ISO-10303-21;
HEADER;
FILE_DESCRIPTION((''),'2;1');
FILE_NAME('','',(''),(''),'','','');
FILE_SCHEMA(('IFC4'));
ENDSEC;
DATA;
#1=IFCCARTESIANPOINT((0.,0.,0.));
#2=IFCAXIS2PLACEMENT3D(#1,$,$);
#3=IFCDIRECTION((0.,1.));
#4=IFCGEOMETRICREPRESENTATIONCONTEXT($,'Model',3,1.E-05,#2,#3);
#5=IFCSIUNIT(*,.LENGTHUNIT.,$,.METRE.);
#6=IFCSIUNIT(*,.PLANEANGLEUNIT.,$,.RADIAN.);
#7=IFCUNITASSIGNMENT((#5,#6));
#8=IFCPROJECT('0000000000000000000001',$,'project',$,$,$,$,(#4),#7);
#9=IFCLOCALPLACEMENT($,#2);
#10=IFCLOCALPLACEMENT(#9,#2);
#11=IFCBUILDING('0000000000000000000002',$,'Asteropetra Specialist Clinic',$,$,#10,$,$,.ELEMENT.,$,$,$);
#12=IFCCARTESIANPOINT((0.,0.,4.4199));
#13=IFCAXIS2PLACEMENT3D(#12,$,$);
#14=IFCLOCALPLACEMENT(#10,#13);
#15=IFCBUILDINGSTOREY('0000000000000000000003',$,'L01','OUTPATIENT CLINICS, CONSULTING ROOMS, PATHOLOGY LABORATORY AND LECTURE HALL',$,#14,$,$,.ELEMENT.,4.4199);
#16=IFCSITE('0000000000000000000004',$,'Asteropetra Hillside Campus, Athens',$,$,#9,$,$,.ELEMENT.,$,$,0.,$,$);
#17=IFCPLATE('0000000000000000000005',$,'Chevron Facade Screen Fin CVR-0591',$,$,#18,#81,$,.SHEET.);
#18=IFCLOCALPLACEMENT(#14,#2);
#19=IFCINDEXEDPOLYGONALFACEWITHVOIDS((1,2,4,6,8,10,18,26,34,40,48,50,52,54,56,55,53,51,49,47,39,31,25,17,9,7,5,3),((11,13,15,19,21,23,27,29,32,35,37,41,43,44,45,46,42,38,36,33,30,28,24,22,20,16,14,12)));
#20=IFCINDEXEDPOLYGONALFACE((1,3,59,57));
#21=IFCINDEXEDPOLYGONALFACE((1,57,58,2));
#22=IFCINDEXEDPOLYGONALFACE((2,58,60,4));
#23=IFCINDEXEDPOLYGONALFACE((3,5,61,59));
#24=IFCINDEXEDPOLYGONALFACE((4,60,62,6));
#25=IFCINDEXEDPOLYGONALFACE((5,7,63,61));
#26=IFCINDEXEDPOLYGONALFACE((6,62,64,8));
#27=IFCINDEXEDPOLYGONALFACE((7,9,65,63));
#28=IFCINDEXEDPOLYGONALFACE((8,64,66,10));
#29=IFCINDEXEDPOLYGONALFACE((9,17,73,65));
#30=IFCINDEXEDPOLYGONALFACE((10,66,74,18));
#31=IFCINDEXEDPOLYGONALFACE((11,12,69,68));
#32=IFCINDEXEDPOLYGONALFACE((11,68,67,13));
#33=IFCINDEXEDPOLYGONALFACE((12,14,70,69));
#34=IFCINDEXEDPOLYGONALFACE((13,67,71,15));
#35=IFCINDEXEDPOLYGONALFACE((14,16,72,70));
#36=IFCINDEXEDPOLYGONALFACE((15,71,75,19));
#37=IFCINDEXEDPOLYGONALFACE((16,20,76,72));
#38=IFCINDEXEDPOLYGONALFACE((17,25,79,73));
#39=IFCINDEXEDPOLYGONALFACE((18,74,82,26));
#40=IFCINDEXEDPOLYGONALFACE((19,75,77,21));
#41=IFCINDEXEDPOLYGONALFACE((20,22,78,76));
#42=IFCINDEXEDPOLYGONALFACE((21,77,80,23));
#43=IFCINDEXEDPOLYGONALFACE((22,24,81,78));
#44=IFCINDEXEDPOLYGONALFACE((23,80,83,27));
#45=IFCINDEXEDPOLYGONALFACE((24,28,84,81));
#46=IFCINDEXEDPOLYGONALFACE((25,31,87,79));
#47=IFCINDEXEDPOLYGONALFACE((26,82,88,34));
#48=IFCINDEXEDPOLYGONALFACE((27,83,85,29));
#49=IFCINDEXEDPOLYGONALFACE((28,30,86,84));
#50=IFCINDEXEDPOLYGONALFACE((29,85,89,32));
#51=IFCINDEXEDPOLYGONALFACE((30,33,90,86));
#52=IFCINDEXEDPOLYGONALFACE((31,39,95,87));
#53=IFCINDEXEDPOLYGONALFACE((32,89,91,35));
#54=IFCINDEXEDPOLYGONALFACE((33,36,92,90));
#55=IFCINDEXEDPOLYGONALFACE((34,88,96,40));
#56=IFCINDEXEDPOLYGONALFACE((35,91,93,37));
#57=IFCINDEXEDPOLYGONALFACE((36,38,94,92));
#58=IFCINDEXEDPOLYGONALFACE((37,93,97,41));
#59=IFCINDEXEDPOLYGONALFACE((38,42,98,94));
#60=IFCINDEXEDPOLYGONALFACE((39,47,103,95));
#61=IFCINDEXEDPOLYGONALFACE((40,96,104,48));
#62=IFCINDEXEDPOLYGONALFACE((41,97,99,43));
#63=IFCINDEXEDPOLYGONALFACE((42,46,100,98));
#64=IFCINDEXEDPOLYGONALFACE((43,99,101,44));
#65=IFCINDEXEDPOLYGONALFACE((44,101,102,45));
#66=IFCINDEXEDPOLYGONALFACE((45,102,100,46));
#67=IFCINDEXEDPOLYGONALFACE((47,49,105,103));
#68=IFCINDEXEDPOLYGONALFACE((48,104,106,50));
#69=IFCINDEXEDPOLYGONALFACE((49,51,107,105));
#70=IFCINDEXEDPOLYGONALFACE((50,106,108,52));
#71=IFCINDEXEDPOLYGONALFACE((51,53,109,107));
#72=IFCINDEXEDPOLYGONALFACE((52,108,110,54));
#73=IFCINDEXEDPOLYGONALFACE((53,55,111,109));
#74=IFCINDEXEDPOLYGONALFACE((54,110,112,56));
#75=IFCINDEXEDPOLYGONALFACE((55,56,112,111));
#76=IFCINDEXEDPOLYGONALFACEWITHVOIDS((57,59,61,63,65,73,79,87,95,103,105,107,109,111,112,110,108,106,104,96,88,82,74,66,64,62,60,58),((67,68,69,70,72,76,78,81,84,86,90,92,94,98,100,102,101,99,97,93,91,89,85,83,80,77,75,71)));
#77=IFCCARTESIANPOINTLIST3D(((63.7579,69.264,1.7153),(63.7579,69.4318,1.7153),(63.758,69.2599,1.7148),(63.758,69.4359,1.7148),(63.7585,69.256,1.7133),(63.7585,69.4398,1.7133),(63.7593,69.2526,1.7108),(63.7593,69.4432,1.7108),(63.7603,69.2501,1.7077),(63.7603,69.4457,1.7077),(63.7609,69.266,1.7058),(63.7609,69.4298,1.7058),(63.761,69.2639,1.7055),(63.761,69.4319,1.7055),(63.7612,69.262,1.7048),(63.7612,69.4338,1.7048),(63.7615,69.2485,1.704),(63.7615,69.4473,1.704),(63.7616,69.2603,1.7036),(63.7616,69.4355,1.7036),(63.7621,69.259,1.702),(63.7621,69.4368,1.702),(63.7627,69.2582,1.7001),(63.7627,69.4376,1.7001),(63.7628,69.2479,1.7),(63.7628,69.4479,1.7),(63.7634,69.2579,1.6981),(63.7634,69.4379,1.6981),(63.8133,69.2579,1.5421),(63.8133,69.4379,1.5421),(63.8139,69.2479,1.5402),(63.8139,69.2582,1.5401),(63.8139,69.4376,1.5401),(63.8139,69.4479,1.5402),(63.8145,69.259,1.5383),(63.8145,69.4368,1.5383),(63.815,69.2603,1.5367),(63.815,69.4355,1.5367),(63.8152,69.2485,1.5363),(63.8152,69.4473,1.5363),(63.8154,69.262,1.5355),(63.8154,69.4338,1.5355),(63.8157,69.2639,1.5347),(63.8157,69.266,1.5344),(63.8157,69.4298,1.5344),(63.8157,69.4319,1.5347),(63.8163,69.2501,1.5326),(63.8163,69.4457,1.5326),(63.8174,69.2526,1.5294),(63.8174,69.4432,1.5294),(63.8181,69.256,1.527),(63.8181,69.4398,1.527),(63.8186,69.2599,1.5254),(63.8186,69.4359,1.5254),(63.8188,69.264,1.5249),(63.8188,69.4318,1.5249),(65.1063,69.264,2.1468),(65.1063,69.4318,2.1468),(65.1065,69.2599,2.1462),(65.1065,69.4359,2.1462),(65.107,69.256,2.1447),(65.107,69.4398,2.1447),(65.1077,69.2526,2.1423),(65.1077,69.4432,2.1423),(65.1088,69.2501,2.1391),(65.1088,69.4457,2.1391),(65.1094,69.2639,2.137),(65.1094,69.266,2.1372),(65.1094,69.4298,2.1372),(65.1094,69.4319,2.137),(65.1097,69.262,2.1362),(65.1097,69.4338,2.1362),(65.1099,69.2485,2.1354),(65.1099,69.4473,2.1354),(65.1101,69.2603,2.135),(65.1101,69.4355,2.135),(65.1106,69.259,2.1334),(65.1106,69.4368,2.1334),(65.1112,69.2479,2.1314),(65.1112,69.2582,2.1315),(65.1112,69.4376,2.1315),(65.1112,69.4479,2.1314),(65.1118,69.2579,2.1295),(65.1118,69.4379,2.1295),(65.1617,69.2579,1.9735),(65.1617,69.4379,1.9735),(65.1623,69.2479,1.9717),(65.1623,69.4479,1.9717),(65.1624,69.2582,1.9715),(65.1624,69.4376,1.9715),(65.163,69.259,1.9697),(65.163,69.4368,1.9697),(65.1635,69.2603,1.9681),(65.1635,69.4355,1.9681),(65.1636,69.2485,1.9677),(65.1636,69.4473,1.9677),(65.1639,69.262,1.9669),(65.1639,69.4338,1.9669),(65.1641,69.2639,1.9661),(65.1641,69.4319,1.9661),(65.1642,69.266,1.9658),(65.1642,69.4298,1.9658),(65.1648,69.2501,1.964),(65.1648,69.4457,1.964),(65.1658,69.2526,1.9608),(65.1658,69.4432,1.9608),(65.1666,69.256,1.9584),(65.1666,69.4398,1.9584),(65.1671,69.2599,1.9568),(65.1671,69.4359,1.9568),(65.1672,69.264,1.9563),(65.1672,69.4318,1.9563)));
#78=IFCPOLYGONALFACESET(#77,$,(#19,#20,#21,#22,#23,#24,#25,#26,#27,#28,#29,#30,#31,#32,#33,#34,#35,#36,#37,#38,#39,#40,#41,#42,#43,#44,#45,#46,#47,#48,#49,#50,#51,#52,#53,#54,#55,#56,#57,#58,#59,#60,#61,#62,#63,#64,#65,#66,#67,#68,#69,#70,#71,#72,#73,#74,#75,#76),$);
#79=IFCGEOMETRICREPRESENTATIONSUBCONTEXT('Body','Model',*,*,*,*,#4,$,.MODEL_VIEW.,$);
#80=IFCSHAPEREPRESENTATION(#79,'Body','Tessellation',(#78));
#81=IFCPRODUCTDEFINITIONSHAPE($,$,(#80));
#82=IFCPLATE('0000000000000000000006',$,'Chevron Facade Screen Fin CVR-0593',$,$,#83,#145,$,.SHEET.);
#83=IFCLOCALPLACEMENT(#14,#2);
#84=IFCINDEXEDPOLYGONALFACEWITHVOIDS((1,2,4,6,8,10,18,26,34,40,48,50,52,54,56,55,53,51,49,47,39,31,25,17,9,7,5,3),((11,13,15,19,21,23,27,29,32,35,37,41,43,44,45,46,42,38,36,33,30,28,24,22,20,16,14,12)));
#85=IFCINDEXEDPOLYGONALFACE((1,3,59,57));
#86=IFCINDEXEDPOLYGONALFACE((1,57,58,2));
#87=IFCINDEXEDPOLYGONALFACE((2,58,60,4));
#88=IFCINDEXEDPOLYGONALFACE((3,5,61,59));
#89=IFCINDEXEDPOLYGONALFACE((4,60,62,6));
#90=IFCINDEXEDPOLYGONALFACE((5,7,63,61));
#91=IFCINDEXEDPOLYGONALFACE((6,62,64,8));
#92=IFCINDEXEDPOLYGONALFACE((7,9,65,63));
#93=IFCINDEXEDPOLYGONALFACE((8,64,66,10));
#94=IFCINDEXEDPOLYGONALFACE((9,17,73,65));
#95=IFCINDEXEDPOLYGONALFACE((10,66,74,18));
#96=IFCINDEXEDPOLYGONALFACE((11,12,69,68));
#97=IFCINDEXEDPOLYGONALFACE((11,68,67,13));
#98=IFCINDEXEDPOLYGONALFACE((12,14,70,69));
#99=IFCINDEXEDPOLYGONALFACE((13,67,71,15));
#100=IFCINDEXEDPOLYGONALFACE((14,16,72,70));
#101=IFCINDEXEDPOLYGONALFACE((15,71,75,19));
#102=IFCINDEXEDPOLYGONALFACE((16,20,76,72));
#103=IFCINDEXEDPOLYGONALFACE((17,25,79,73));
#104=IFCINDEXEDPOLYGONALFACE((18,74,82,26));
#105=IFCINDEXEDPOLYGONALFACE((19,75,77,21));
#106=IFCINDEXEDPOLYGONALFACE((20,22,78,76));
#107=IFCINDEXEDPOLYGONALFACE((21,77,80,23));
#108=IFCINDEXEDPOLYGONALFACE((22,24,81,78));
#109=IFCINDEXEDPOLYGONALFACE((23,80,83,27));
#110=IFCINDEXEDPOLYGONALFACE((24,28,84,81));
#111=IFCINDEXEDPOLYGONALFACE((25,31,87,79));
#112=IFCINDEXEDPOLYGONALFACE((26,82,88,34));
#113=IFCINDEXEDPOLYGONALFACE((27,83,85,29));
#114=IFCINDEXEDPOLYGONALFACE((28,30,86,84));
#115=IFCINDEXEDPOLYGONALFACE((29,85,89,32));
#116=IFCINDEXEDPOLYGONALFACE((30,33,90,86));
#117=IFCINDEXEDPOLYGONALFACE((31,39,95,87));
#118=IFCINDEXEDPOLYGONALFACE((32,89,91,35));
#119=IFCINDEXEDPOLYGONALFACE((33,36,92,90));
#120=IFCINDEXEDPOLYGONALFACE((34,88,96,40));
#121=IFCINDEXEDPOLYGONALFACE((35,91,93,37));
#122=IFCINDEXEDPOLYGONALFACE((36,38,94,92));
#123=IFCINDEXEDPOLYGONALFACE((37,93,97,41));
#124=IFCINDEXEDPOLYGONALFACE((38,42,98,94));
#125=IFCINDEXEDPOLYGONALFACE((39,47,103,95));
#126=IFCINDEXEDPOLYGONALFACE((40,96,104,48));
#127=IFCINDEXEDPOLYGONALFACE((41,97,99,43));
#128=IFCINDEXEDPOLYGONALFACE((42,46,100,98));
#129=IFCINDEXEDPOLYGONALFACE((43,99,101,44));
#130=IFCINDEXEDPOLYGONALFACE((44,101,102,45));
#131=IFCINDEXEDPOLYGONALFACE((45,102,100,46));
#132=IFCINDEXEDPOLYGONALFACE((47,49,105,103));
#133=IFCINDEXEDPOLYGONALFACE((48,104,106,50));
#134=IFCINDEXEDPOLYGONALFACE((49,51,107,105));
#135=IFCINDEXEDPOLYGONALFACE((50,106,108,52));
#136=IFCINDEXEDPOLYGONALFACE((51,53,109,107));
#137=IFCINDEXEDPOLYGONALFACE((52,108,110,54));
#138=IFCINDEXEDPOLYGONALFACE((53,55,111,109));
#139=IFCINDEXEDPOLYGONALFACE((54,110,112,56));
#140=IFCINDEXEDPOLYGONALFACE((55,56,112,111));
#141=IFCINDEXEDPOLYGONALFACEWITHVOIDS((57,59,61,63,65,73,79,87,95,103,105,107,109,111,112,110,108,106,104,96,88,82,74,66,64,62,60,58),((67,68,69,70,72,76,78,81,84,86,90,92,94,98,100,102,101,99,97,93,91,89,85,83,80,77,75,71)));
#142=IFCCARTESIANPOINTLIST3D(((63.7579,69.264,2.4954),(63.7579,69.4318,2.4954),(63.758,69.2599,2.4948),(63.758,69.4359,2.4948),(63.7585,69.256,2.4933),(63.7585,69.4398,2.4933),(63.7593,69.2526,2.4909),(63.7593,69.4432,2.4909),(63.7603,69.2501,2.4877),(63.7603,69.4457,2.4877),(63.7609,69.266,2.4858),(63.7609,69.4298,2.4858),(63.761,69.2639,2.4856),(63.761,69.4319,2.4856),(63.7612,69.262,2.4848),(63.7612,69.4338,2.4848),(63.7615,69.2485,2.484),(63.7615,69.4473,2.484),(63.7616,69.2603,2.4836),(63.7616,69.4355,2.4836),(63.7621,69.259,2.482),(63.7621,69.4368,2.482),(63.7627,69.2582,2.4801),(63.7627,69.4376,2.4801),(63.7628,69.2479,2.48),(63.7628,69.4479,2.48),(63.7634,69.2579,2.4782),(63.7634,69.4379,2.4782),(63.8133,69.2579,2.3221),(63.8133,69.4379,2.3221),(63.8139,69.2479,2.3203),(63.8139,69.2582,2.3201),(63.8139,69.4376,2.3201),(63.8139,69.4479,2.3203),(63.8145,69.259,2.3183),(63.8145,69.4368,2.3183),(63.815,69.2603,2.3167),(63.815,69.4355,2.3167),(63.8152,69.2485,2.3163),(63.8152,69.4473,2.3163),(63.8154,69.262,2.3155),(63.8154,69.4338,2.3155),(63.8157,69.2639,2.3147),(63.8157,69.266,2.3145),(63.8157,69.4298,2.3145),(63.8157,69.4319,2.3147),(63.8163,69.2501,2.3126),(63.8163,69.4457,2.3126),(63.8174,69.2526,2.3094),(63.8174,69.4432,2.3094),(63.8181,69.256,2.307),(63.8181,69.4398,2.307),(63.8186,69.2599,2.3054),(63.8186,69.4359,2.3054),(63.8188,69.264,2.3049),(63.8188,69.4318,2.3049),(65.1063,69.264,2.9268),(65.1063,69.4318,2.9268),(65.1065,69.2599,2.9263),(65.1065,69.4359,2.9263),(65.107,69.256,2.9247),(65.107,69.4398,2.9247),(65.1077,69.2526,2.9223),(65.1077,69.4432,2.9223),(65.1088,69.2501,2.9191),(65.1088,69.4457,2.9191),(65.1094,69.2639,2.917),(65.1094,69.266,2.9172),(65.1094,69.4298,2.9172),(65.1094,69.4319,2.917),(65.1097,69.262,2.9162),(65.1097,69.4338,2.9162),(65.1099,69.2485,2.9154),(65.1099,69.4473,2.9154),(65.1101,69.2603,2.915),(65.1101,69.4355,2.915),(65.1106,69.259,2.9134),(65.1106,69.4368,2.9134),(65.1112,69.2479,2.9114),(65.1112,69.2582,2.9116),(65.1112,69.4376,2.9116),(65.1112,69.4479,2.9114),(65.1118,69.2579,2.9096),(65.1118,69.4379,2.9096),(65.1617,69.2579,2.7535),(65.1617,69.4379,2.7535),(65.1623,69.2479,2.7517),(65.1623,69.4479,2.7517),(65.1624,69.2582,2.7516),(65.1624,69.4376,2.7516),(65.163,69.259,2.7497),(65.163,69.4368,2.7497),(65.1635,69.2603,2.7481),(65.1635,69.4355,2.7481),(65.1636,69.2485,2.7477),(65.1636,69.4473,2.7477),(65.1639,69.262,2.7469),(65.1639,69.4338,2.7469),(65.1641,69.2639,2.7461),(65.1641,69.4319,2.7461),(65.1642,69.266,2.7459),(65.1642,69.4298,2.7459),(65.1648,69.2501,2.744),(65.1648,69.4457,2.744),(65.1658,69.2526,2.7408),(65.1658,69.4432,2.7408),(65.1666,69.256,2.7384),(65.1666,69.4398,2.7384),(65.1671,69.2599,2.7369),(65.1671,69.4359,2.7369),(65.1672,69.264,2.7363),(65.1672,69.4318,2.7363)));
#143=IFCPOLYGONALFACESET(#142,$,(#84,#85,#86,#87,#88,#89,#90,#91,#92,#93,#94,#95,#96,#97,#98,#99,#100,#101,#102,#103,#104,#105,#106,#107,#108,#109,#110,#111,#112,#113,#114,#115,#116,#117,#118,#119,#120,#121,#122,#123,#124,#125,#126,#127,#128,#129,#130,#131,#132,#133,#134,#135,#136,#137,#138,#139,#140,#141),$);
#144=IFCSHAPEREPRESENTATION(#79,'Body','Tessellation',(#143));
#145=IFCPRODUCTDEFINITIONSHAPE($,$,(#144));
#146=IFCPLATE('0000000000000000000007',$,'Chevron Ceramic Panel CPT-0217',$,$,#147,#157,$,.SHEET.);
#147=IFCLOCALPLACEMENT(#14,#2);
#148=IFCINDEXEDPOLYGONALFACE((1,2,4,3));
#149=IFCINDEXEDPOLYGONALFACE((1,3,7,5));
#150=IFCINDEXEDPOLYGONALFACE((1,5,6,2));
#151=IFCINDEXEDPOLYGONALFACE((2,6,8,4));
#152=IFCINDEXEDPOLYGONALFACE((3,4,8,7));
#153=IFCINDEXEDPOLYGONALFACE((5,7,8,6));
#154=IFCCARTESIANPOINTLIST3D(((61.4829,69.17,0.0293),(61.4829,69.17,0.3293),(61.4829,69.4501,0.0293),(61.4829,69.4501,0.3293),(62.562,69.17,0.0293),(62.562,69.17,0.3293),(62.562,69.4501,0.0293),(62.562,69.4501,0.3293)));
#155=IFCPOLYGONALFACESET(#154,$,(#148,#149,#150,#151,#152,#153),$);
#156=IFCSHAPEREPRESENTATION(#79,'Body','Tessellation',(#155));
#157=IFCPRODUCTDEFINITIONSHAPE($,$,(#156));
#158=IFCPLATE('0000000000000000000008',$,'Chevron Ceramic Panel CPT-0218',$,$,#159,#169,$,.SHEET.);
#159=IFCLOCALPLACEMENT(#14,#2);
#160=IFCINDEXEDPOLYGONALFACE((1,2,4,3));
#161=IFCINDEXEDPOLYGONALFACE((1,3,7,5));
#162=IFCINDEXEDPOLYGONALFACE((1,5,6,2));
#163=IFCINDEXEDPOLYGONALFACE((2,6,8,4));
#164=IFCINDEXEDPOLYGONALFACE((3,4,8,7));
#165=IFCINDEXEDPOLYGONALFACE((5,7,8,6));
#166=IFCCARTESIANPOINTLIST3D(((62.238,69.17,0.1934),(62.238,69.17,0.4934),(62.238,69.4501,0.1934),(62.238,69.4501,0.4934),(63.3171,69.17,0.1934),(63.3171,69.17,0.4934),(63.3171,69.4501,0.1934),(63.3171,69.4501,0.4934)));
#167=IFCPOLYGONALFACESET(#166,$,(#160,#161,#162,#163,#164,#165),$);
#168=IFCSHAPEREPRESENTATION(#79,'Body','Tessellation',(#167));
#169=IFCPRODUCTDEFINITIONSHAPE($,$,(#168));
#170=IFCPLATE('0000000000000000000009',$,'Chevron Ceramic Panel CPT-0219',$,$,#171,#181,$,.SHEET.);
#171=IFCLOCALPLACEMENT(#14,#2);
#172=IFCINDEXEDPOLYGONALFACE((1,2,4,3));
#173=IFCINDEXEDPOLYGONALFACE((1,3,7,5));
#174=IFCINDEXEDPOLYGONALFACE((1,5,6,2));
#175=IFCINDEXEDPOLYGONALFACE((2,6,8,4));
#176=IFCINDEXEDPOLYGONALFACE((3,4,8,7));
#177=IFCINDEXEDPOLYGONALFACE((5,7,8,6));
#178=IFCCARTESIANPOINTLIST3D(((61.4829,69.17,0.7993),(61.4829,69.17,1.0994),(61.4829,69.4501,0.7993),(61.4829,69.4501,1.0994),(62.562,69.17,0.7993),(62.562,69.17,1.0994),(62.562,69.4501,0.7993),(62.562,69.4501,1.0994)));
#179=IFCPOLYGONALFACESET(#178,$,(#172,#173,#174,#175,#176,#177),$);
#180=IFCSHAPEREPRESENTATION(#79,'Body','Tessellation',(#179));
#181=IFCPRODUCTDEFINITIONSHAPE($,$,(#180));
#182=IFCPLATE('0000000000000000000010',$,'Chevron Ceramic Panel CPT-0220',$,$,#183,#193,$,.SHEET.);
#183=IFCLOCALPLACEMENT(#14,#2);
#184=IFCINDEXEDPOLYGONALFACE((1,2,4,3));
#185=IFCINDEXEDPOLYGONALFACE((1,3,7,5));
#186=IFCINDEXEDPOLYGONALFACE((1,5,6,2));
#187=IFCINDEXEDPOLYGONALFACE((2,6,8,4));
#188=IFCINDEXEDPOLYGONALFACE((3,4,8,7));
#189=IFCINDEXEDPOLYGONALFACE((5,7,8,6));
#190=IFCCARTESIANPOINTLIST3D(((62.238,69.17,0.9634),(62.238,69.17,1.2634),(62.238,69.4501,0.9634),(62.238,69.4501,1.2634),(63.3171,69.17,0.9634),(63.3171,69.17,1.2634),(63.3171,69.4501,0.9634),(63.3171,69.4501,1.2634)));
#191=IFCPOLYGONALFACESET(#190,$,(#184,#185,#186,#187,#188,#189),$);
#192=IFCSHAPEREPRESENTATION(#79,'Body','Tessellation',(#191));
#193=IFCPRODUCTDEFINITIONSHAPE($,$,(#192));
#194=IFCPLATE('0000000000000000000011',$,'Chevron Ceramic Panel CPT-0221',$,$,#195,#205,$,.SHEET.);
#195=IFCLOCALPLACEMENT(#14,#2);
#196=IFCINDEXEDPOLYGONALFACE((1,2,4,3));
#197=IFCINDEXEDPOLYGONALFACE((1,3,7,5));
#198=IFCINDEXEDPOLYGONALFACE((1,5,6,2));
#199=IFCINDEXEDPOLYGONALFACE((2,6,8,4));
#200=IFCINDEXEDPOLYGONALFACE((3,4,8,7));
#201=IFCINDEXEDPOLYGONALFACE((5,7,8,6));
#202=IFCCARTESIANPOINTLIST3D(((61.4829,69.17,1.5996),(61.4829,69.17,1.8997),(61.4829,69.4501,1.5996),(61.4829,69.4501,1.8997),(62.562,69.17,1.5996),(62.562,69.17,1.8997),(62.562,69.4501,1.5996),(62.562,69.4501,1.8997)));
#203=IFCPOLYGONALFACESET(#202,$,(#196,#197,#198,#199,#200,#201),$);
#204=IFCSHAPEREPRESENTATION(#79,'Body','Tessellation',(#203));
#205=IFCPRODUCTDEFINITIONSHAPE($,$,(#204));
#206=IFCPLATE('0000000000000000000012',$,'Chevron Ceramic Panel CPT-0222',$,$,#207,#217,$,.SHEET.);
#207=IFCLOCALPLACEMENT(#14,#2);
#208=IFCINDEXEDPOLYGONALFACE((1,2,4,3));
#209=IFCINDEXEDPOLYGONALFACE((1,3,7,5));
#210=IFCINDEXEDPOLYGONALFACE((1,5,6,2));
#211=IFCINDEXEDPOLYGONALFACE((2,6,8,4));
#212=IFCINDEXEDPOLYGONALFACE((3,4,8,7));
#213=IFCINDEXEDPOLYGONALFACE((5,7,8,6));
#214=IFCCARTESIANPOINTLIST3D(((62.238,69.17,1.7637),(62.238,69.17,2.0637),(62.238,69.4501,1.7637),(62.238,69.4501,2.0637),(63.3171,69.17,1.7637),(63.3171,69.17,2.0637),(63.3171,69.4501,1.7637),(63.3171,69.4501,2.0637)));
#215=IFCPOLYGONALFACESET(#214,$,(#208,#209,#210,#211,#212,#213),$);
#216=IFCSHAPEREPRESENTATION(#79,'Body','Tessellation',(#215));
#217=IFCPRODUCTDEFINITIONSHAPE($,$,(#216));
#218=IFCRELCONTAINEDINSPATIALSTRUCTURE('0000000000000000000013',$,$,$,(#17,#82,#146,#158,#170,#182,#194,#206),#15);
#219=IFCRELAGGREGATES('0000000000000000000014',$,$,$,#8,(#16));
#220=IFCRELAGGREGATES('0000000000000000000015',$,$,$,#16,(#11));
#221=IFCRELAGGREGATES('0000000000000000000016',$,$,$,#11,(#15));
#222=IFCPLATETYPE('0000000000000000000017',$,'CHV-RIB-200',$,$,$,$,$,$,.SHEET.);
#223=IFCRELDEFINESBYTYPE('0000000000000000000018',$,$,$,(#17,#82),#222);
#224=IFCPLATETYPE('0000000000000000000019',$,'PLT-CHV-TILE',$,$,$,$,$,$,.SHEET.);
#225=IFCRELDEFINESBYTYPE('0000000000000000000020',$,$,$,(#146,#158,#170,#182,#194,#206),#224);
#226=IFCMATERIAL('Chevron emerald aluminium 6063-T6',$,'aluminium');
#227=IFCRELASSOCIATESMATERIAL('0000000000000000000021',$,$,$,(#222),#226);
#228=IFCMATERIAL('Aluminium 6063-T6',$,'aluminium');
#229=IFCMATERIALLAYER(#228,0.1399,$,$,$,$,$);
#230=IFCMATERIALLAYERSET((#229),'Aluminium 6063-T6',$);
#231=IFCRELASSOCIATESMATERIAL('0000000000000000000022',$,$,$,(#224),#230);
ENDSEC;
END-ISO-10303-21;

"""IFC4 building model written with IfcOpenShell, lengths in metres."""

from ifc_helpers import new_model, si_unit, direction, frame, origin, origin_2d, place, context, subcontext, project, spatial, rectangle, hollow_rectangle, extrude, material, layer, layer_set, material_profile, profile_set, type_object, element, save


model = new_model("IFC4")

# Units and contexts
model_context = context("Model", 3, precision=1e-05, world=origin(), true_north=direction((0.0, 1.0)))
body_context = subcontext(model_context, "Body", "Model", "MODEL_VIEW")
ifc_project = project(units=[si_unit("LENGTHUNIT", "METRE"), si_unit("PLANEANGLEUNIT", "RADIAN")], contexts=[model_context])

# Site, building, storey
site_placement = place(None, origin())
site = spatial("IfcSite", under=ifc_project, at=site_placement, Name="Asteropetra Hillside Campus, Athens", CompositionType="ELEMENT", RefElevation=0.0)
building_placement = place(site_placement, origin())
building = spatial("IfcBuilding", under=site, at=building_placement, Name="Asteropetra Specialist Clinic", CompositionType="ELEMENT")
storey_placement = place(building_placement, frame((0.0, 0.0, 4.4199)))
storey = spatial("IfcBuildingStorey", under=building, at=storey_placement, Name="L01", Description="OUTPATIENT CLINICS, CONSULTING ROOMS, PATHOLOGY LABORATORY AND LECTURE HALL", CompositionType="ELEMENT", Elevation=4.4199)

# Plates
ifc_material_1 = material(Name="Chevron emerald aluminium 6063-T6", Category="aluminium")
ifc_material_profile = material_profile(ifc_material_1, hollow_rectangle(XDim=0.2, YDim=0.2, WallThickness=0.01, InnerFilletRadius=0.0081, OuterFilletRadius=0.0161, at=origin_2d()), Name="SHS 200x200x10.0")
ifc_profile_set = profile_set([ifc_material_profile], Name="Chevron emerald aluminium 6063-T6")
plate_type_1 = type_object("IfcPlateType", Name="CHV-RIB-200", PredefinedType="SHEET", material=ifc_profile_set)
for number, where, z_axis, x_axis, name in (
    (1, (63.7883, 69.3479, 1.6201), (0.952442, 0.0, 0.304719), (0.0, 1.0, 0.0), "Chevron Facade Screen Fin CVR-0591"),
    (2, (63.7883, 69.3479, 2.4001), (0.952442, 0.0, 0.304719), (0.0, 1.0, 0.0), "Chevron Facade Screen Fin CVR-0593"),
):
    element("IfcPlate", number, at=place(storey_placement, frame(where, z_axis=z_axis, x_axis=x_axis)), inside=storey, type_object=plate_type_1, Name=name, PredefinedType="SHEET", context=body_context, shape_type="SweptSolid", body=[
        extrude(hollow_rectangle(XDim=0.2, YDim=0.2, WallThickness=0.01, InnerFilletRadius=0.0081, OuterFilletRadius=0.0161, at=origin_2d()), origin(), (0.0, 0.0, 1.0), 1.4158),
    ])
ifc_material_2 = material(Name="Aluminium 6063-T6", Category="aluminium")
ifc_layer = layer(ifc_material_2, 0.1399)
ifc_layer_set = layer_set([ifc_layer], Name="Aluminium 6063-T6")
plate_type_2 = type_object("IfcPlateType", Name="PLT-CHV-TILE", PredefinedType="SHEET", material=ifc_layer_set)
for number, where, z_axis, x_axis, name in (
    (3, (62.0225, 69.3101, 0.0293), (0.0, 0.0, 1.0), (1.0, 0.0, 0.0), "Chevron Ceramic Panel CPT-0217"),
    (4, (62.7776, 69.3101, 0.1934), (0.0, 0.0, 1.0), (1.0, 0.0, 0.0), "Chevron Ceramic Panel CPT-0218"),
    (5, (62.0225, 69.3101, 0.7993), (0.0, 0.0, 1.0), (1.0, 0.0, 0.0), "Chevron Ceramic Panel CPT-0219"),
    (6, (62.7776, 69.3101, 0.9634), (0.0, 0.0, 1.0), (1.0, 0.0, 0.0), "Chevron Ceramic Panel CPT-0220"),
    (7, (62.0225, 69.3101, 1.5996), (0.0, 0.0, 1.0), (1.0, 0.0, 0.0), "Chevron Ceramic Panel CPT-0221"),
    (8, (62.7776, 69.3101, 1.7637), (0.0, 0.0, 1.0), (1.0, 0.0, 0.0), "Chevron Ceramic Panel CPT-0222"),
):
    element("IfcPlate", number, at=place(storey_placement, frame(where, z_axis=z_axis, x_axis=x_axis)), inside=storey, type_object=plate_type_2, Name=name, PredefinedType="SHEET", context=body_context, shape_type="SweptSolid", body=[
        extrude(rectangle(XDim=1.0791, YDim=0.28, at=origin_2d()), origin(), (0.0, 0.0, 1.0), 0.3),
    ])

save(model, "model.ifc")
